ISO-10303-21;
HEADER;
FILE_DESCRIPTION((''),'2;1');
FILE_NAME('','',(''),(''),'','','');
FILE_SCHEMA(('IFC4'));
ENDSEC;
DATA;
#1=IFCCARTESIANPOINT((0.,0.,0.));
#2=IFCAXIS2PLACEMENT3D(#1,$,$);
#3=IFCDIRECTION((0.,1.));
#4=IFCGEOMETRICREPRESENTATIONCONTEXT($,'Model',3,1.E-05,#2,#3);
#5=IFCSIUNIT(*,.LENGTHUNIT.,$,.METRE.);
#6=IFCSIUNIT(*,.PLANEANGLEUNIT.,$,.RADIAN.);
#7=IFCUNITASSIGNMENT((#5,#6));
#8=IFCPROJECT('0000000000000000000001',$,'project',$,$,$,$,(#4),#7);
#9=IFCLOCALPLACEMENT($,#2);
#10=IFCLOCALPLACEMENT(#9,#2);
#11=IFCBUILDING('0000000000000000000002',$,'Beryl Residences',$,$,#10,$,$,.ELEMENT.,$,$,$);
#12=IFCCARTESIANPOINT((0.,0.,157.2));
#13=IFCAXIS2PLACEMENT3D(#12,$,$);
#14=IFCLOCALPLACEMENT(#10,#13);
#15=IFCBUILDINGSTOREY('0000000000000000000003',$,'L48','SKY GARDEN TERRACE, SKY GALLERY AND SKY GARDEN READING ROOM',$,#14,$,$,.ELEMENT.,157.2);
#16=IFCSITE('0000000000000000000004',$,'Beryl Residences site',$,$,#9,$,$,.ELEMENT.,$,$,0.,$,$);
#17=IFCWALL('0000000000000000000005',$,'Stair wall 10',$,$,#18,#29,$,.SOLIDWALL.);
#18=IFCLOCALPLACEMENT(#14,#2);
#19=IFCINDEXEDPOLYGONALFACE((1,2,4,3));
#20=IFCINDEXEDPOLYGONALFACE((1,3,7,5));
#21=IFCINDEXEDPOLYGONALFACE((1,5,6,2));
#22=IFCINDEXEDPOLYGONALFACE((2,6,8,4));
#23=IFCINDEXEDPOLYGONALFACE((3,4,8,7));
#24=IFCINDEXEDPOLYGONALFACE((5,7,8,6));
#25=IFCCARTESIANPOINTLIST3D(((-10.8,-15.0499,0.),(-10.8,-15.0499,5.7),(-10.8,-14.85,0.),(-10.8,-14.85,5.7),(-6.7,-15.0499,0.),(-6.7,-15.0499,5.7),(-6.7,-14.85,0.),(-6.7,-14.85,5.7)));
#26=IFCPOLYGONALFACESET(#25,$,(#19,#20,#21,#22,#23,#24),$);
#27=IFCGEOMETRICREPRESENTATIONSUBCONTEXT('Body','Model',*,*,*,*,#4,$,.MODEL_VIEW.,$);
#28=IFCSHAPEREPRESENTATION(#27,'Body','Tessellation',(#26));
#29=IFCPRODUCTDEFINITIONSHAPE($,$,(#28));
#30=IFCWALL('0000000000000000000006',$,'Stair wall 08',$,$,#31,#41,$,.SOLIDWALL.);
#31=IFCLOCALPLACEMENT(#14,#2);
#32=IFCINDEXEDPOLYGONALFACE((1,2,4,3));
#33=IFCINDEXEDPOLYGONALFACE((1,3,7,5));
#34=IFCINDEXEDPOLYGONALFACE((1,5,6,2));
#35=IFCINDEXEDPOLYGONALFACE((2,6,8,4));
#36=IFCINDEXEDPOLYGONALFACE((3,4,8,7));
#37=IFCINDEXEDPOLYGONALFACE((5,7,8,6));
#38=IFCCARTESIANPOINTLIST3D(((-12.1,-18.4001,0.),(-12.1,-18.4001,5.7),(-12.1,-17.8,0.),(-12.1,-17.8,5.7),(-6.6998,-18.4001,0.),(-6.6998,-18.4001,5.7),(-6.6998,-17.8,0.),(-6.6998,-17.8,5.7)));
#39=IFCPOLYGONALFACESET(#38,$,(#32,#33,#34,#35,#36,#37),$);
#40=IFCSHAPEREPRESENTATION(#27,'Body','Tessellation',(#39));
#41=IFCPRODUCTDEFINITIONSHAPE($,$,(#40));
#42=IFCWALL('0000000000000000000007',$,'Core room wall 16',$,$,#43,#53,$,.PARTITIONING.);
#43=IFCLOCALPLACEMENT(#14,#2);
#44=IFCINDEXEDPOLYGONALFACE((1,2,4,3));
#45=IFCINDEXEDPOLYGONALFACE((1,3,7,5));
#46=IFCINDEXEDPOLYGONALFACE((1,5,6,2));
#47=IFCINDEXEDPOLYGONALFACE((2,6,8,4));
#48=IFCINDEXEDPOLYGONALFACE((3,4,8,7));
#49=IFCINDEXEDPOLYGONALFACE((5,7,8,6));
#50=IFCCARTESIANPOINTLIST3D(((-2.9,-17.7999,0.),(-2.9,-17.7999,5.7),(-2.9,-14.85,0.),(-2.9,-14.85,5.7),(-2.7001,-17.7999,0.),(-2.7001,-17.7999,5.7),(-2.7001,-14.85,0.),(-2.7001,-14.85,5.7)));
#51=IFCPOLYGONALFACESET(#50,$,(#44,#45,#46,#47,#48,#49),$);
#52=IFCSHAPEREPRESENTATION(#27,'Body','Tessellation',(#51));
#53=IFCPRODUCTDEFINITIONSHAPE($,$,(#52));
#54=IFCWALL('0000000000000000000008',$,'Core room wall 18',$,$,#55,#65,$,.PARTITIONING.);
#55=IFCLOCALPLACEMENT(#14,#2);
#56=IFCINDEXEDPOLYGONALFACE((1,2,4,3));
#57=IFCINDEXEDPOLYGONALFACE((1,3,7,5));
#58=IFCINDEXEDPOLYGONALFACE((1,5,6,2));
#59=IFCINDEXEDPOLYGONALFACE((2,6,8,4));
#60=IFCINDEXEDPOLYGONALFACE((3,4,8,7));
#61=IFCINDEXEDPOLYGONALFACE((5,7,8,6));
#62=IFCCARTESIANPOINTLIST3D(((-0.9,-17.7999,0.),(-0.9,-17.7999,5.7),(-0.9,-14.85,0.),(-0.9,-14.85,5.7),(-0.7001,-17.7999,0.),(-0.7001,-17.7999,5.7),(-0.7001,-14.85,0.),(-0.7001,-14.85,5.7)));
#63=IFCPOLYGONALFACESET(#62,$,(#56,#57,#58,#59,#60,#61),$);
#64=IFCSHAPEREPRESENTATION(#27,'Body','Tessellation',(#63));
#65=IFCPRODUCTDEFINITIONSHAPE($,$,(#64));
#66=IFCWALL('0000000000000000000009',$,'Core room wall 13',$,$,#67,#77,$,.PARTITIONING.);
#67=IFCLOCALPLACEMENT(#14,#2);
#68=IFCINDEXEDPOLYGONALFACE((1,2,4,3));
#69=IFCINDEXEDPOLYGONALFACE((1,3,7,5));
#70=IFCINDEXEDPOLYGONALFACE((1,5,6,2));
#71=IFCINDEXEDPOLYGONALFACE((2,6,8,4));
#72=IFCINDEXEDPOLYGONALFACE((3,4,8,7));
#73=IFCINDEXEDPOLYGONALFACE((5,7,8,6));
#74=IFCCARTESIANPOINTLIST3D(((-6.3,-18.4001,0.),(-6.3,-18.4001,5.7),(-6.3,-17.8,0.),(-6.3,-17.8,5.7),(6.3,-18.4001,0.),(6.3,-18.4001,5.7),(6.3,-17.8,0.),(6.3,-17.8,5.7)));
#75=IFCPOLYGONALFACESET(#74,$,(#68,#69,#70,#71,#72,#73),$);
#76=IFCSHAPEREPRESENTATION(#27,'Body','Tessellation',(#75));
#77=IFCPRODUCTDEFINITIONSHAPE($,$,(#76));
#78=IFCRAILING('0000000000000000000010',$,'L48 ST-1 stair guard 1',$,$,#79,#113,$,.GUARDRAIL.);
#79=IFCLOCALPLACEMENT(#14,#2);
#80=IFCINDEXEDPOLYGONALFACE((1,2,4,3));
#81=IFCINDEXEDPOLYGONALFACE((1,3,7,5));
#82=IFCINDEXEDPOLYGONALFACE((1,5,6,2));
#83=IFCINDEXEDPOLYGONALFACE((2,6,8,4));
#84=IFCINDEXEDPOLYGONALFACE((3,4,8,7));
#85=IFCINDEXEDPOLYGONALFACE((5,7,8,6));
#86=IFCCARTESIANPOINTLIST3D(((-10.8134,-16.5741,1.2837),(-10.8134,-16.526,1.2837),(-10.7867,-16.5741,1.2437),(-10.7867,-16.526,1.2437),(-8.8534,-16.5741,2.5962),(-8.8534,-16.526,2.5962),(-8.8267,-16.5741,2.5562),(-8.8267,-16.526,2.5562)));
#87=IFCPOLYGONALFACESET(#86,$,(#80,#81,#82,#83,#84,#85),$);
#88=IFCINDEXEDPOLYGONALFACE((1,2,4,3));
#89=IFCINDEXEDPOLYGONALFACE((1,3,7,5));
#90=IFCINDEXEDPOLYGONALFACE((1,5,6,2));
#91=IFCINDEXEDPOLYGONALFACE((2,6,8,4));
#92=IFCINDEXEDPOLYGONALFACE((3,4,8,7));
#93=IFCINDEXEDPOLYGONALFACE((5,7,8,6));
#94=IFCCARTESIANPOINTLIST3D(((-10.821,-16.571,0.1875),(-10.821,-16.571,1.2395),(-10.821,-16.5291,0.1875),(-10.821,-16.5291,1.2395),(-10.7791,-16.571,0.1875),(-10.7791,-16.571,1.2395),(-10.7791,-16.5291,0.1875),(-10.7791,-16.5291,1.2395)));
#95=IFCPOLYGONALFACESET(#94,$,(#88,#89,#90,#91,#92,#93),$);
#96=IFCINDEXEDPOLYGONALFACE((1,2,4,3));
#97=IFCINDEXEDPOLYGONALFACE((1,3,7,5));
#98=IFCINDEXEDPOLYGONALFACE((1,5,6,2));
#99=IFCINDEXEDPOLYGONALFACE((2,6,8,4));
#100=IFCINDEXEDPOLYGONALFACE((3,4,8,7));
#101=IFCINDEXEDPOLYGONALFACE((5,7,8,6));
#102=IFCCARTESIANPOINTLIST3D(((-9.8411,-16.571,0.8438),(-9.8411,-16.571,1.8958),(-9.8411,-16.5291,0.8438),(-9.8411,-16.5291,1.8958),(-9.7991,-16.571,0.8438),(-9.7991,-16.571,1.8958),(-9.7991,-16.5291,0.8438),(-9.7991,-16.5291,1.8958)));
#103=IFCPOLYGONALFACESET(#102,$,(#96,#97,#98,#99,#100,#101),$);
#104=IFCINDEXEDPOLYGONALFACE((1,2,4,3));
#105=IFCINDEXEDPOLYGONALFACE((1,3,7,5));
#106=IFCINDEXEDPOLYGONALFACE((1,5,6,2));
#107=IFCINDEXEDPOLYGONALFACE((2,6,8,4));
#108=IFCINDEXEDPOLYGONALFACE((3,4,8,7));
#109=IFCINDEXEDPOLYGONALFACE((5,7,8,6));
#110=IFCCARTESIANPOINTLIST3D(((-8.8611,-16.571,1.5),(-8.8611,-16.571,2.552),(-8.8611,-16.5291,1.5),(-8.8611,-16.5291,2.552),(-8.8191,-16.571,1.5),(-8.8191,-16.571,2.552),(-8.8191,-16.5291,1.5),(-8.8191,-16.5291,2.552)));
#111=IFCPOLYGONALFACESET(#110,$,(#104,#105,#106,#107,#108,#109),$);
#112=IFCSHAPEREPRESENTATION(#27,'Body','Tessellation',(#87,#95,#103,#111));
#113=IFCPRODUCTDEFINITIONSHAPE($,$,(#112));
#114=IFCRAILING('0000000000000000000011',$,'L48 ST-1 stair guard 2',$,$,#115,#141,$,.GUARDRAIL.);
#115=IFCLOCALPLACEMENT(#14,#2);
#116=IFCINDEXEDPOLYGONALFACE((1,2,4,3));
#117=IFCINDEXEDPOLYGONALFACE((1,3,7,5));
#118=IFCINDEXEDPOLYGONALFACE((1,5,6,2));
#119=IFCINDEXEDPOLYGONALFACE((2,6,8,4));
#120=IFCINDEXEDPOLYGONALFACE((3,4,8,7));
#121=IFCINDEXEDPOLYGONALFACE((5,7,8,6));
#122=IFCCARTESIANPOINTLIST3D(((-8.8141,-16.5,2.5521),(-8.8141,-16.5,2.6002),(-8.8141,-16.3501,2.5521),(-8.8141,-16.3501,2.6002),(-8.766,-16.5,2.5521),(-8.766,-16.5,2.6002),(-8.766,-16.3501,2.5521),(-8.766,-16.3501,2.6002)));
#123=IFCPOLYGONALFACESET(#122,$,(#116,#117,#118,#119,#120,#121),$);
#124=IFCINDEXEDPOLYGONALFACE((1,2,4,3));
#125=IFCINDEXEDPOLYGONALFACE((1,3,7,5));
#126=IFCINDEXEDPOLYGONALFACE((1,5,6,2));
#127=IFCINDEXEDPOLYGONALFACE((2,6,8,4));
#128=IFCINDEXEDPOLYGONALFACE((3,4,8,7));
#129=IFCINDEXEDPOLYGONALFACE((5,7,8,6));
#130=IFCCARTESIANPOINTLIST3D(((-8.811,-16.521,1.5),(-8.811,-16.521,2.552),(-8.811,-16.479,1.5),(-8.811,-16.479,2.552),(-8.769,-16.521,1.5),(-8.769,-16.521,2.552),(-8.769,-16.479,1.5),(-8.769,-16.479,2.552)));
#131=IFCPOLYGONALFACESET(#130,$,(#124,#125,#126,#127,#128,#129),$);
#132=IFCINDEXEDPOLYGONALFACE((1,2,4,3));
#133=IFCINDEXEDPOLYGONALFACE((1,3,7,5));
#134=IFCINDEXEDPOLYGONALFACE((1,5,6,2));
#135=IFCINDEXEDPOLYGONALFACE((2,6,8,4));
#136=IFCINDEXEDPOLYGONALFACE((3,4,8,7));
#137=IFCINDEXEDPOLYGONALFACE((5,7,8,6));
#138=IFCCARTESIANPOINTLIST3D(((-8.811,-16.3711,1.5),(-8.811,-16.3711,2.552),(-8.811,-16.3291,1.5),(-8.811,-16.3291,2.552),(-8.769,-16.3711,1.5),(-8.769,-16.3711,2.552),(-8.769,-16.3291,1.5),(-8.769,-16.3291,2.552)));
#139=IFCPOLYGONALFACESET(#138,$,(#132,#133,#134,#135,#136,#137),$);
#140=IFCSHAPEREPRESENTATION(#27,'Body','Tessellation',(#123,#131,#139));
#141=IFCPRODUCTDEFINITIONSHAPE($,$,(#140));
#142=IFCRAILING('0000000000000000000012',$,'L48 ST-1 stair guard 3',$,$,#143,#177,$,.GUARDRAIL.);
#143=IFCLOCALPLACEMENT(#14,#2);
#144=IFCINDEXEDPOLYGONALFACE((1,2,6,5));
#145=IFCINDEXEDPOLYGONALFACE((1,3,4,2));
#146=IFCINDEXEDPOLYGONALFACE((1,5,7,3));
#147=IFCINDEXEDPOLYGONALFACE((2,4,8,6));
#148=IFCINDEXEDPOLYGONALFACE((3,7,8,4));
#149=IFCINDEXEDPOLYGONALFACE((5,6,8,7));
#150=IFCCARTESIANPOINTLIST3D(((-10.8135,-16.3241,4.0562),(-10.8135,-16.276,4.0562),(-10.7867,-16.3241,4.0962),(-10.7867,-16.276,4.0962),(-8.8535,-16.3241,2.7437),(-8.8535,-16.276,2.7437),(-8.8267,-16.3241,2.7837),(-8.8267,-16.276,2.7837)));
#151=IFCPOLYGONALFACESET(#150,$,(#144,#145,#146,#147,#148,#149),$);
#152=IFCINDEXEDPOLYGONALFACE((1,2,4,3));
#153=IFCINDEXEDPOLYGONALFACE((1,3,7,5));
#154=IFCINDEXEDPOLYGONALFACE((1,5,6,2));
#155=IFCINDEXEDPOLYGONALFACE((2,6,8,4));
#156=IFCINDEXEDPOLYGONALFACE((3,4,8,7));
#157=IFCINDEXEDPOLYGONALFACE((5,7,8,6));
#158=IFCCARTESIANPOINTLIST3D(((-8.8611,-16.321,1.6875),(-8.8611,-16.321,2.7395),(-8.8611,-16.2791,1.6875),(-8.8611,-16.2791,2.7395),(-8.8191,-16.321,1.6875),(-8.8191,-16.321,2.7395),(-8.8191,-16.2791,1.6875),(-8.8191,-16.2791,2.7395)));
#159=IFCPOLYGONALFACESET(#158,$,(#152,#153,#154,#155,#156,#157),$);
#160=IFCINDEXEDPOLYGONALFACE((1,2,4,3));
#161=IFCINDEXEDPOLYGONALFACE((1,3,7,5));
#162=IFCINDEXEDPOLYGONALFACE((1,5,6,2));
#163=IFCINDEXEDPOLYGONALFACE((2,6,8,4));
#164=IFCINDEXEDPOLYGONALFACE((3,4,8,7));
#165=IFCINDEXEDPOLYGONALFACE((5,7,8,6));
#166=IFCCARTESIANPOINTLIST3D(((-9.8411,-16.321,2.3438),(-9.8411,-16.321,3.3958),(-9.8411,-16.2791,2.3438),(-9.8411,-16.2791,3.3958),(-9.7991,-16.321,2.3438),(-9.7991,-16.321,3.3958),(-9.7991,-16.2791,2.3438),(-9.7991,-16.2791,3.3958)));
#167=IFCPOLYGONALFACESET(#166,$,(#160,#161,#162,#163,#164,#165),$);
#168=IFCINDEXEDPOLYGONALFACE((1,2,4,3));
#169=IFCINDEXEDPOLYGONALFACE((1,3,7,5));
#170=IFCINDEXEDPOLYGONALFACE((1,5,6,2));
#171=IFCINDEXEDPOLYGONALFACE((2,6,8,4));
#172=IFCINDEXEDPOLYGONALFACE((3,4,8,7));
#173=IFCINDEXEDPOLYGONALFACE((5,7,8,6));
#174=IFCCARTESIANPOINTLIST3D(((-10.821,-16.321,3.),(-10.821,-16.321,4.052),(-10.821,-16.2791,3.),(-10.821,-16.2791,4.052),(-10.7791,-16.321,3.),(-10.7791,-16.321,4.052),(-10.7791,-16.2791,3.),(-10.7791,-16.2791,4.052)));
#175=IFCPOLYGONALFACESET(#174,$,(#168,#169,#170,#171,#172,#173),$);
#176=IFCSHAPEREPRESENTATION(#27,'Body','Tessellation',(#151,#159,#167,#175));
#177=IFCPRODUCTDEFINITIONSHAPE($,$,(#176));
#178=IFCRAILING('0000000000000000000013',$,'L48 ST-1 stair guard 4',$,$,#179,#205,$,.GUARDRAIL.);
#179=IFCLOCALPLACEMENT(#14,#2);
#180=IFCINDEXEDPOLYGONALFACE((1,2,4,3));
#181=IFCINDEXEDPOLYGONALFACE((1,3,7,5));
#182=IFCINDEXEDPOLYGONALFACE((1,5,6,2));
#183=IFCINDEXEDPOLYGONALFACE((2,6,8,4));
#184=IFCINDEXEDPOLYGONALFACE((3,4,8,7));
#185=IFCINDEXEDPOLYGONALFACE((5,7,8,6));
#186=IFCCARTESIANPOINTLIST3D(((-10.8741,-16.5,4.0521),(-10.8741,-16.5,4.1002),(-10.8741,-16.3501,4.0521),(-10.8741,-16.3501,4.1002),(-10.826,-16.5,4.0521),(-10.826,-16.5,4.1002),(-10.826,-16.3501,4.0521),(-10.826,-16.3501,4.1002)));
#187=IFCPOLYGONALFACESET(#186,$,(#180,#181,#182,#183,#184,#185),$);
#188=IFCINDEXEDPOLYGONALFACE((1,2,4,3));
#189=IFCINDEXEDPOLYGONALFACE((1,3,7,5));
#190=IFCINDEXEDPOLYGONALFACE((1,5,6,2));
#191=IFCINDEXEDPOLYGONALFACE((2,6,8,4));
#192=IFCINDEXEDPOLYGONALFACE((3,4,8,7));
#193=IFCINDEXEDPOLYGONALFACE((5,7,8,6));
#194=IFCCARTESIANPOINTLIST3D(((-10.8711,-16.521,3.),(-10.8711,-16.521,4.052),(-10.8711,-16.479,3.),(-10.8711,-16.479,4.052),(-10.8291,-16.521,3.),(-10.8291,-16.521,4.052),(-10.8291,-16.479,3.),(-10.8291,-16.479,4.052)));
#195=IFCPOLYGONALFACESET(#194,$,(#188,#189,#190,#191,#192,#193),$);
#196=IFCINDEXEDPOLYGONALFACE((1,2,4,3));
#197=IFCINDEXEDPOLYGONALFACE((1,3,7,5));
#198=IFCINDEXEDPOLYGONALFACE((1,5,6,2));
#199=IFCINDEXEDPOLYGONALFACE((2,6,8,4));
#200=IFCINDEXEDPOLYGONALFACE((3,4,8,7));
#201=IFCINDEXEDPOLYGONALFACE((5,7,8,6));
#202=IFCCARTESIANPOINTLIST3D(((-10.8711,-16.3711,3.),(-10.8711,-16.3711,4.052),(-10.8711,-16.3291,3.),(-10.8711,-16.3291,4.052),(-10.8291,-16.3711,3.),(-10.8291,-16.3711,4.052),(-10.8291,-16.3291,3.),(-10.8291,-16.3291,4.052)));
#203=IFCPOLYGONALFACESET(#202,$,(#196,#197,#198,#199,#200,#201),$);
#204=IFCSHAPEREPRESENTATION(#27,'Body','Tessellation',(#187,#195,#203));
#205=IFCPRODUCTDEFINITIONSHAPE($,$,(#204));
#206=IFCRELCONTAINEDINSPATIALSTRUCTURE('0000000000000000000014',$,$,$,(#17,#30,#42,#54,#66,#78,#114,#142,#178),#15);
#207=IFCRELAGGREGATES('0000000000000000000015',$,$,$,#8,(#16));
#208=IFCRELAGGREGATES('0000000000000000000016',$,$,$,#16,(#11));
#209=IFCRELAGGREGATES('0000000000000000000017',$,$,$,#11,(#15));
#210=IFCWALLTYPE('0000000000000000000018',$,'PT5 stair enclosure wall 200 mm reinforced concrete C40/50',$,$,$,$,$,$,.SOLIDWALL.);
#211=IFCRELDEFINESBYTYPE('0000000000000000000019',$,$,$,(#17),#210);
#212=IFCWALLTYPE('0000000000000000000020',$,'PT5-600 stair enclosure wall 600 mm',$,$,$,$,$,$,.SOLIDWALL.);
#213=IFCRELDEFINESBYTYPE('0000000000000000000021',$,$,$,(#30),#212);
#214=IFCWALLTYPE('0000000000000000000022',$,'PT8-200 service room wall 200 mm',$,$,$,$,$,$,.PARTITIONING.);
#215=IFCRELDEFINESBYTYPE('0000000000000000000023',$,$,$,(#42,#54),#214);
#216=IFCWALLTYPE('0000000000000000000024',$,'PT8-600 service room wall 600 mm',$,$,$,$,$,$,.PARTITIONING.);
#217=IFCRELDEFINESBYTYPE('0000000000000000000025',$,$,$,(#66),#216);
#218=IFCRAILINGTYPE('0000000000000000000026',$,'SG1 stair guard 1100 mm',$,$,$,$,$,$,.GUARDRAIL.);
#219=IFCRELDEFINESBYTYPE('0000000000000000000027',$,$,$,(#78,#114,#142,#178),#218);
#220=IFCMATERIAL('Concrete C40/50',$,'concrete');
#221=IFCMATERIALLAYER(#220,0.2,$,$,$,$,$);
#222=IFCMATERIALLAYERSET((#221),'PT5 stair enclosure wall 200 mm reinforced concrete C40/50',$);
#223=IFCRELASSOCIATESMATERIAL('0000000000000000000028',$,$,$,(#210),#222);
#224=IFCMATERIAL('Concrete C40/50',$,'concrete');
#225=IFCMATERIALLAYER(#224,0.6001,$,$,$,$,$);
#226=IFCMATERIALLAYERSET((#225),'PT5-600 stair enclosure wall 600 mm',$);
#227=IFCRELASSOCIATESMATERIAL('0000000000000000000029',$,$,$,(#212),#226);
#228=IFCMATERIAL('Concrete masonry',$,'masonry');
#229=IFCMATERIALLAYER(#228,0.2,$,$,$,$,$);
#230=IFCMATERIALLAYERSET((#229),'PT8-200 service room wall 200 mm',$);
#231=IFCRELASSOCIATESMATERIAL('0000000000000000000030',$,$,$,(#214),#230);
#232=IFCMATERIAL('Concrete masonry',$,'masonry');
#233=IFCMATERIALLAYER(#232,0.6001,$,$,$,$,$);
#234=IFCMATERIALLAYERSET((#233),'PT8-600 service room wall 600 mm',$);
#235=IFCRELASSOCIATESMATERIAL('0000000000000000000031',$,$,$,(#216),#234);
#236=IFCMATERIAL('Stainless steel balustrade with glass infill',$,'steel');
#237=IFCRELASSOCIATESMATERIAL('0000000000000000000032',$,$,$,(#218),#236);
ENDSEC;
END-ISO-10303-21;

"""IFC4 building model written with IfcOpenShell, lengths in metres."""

from ifc_helpers import new_model, si_unit, direction, frame, frame_2d, origin, origin_2d, place, context, subcontext, project, spatial, rectangle, extrude, material, layer, layer_set, type_object, element, save


model = new_model("IFC4")

# Units and contexts
model_context = context("Model", 3, precision=1e-05, world=origin(), true_north=direction((0.0, 1.0)))
body_context = subcontext(model_context, "Body", "Model", "MODEL_VIEW")
ifc_project = project(units=[si_unit("LENGTHUNIT", "METRE"), si_unit("PLANEANGLEUNIT", "RADIAN")], contexts=[model_context])

# Site, building, storey
site_placement = place(None, origin())
site = spatial("IfcSite", under=ifc_project, at=site_placement, Name="Beryl Residences site", CompositionType="ELEMENT", RefElevation=0.0)
building_placement = place(site_placement, origin())
building = spatial("IfcBuilding", under=site, at=building_placement, Name="Beryl Residences", CompositionType="ELEMENT")
storey_placement = place(building_placement, frame((0.0, 0.0, 157.2)))
storey = spatial("IfcBuildingStorey", under=building, at=storey_placement, Name="L48", Description="SKY GARDEN TERRACE, SKY GALLERY AND SKY GARDEN READING ROOM", CompositionType="ELEMENT", Elevation=157.2)

# Walls
ifc_material_1 = material(Name="Concrete C40/50", Category="concrete")
ifc_layer_1 = layer(ifc_material_1, 0.2)
ifc_layer_set_1 = layer_set([ifc_layer_1], Name="PT5 stair enclosure wall 200 mm reinforced concrete C40/50")
wall_type_1 = type_object("IfcWallType", Name="PT5 stair enclosure wall 200 mm reinforced concrete C40/50", PredefinedType="SOLIDWALL", material=ifc_layer_set_1)
wall_1_placement = place(storey_placement, frame((-10.8, -14.95, 0.0), z_axis=(0.0, 0.0, 1.0), x_axis=(1.0, 0.0, 0.0)))
element("IfcWall", 1, at=wall_1_placement, inside=storey, type_object=wall_type_1, Name="Stair wall 10", PredefinedType="SOLIDWALL", context=body_context, shape_type="SweptSolid", body=[
    extrude(rectangle(XDim=4.1001, YDim=0.2, at=frame_2d((2.05, 0.0))), origin(), (0.0, 0.0, 1.0), 5.7),
])
ifc_material_2 = material(Name="Concrete C40/50", Category="concrete")
ifc_layer_2 = layer(ifc_material_2, 0.6001)
ifc_layer_set_2 = layer_set([ifc_layer_2], Name="PT5-600 stair enclosure wall 600 mm")
wall_type_2 = type_object("IfcWallType", Name="PT5-600 stair enclosure wall 600 mm", PredefinedType="SOLIDWALL", material=ifc_layer_set_2)
wall_2_placement = place(storey_placement, frame((-12.1001, -18.1001, 0.0), z_axis=(0.0, 0.0, 1.0), x_axis=(1.0, 0.0, 0.0)))
element("IfcWall", 2, at=wall_2_placement, inside=storey, type_object=wall_type_2, Name="Stair wall 08", PredefinedType="SOLIDWALL", context=body_context, shape_type="SweptSolid", body=[
    extrude(rectangle(XDim=5.4001, YDim=0.6001, at=frame_2d((2.7002, 0.0))), origin(), (0.0, 0.0, 1.0), 5.7),
])
ifc_material_3 = material(Name="Concrete masonry", Category="masonry")
ifc_layer_3 = layer(ifc_material_3, 0.2)
ifc_layer_set_3 = layer_set([ifc_layer_3], Name="PT8-200 service room wall 200 mm")
wall_type_3 = type_object("IfcWallType", Name="PT8-200 service room wall 200 mm", PredefinedType="PARTITIONING", material=ifc_layer_set_3)
for number, where, z_axis, x_axis, name in (
    (3, (-2.8, -17.8, 0.0), (0.0, 0.0, 1.0), (0.0, 1.0, 0.0), "Core room wall 16"),
    (4, (-0.8, -17.8, 0.0), (0.0, 0.0, 1.0), (0.0, 1.0, 0.0), "Core room wall 18"),
):
    element("IfcWall", number, at=place(storey_placement, frame(where, z_axis=z_axis, x_axis=x_axis)), inside=storey, type_object=wall_type_3, Name=name, PredefinedType="PARTITIONING", context=body_context, shape_type="SweptSolid", body=[
        extrude(rectangle(XDim=2.95, YDim=0.2, at=frame_2d((1.4751, 0.0))), origin(), (0.0, 0.0, 1.0), 5.7),
    ])
ifc_material_4 = material(Name="Concrete masonry", Category="masonry")
ifc_layer_4 = layer(ifc_material_4, 0.6001)
ifc_layer_set_4 = layer_set([ifc_layer_4], Name="PT8-600 service room wall 600 mm")
wall_type_4 = type_object("IfcWallType", Name="PT8-600 service room wall 600 mm", PredefinedType="PARTITIONING", material=ifc_layer_set_4)
wall_3_placement = place(storey_placement, frame((-6.3, -18.1001, 0.0), z_axis=(0.0, 0.0, 1.0), x_axis=(1.0, 0.0, 0.0)))
element("IfcWall", 5, at=wall_3_placement, inside=storey, type_object=wall_type_4, Name="Core room wall 13", PredefinedType="PARTITIONING", context=body_context, shape_type="SweptSolid", body=[
    extrude(rectangle(XDim=12.6001, YDim=0.6001, at=frame_2d((6.3, 0.0))), origin(), (0.0, 0.0, 1.0), 5.7),
])

# Railings
ifc_material_5 = material(Name="Stainless steel balustrade with glass infill", Category="steel")
railing_type_1 = type_object("IfcRailingType", Name="SG1 stair guard 1100 mm", PredefinedType="GUARDRAIL", material=ifc_material_5)
railing_1_placement = place(storey_placement, frame((-10.8, -16.55, 0.1875)))
element("IfcRailing", 6, at=railing_1_placement, inside=storey, type_object=railing_type_1, Name="L48 ST-1 stair guard 1", PredefinedType="GUARDRAIL", context=body_context, shape_type="SweptSolid", body=[
    extrude(rectangle(XDim=0.0481, YDim=0.0481, at=origin_2d()), frame((0.0, 0.0, 1.0762), z_axis=(0.830902, 0.0, 0.556419), x_axis=(0.0, 1.0, 0.0)), (0.0, 0.0, 1.0), 2.3589),
    extrude(rectangle(XDim=0.042, YDim=0.042, at=origin_2d()), origin(), (0.0, 0.0, 1.0), 1.052),
    extrude(rectangle(XDim=0.042, YDim=0.042, at=origin_2d()), frame((0.98, 0.0, 0.6562)), (0.0, 0.0, 1.0), 1.052),
    extrude(rectangle(XDim=0.042, YDim=0.042, at=origin_2d()), frame((1.96, 0.0, 1.3125)), (0.0, 0.0, 1.0), 1.052),
])
railing_2_placement = place(storey_placement, frame((-8.79, -16.5, 1.5)))
element("IfcRailing", 7, at=railing_2_placement, inside=storey, type_object=railing_type_1, Name="L48 ST-1 stair guard 2", PredefinedType="GUARDRAIL", context=body_context, shape_type="SweptSolid", body=[
    extrude(rectangle(XDim=0.0481, YDim=0.0481, at=origin_2d()), frame((0.0, 0.0, 1.0762), z_axis=(0.0, 1.0, 0.0), x_axis=(-1.0, 0.0, 0.0)), (0.0, 0.0, 1.0), 0.1499),
    extrude(rectangle(XDim=0.042, YDim=0.042, at=origin_2d()), origin(), (0.0, 0.0, 1.0), 1.052),
    extrude(rectangle(XDim=0.042, YDim=0.042, at=origin_2d()), frame((0.0, 0.1499, 0.0)), (0.0, 0.0, 1.0), 1.052),
])
railing_3_placement = place(storey_placement, frame((-8.8401, -16.3, 1.6875)))
element("IfcRailing", 8, at=railing_3_placement, inside=storey, type_object=railing_type_1, Name="L48 ST-1 stair guard 3", PredefinedType="GUARDRAIL", context=body_context, shape_type="SweptSolid", body=[
    extrude(rectangle(XDim=0.0481, YDim=0.0481, at=origin_2d()), frame((0.0, 0.0, 1.0762), z_axis=(-0.830902, 0.0, 0.556419), x_axis=(0.0, -1.0, 0.0)), (0.0, 0.0, 1.0), 2.3589),
    extrude(rectangle(XDim=0.042, YDim=0.042, at=origin_2d()), origin(), (0.0, 0.0, 1.0), 1.052),
    extrude(rectangle(XDim=0.042, YDim=0.042, at=origin_2d()), frame((-0.98, 0.0, 0.6562)), (0.0, 0.0, 1.0), 1.052),
    extrude(rectangle(XDim=0.042, YDim=0.042, at=origin_2d()), frame((-1.96, 0.0, 1.3125)), (0.0, 0.0, 1.0), 1.052),
])
railing_4_placement = place(storey_placement, frame((-10.8501, -16.5, 3.0)))
element("IfcRailing", 9, at=railing_4_placement, inside=storey, type_object=railing_type_1, Name="L48 ST-1 stair guard 4", PredefinedType="GUARDRAIL", context=body_context, shape_type="SweptSolid", body=[
    extrude(rectangle(XDim=0.0481, YDim=0.0481, at=origin_2d()), frame((0.0, 0.0, 1.0762), z_axis=(0.0, 1.0, 0.0), x_axis=(-1.0, 0.0, 0.0)), (0.0, 0.0, 1.0), 0.1499),
    extrude(rectangle(XDim=0.042, YDim=0.042, at=origin_2d()), origin(), (0.0, 0.0, 1.0), 1.052),
    extrude(rectangle(XDim=0.042, YDim=0.042, at=origin_2d()), frame((0.0, 0.1499, 0.0)), (0.0, 0.0, 1.0), 1.052),
])

save(model, "model.ifc")
